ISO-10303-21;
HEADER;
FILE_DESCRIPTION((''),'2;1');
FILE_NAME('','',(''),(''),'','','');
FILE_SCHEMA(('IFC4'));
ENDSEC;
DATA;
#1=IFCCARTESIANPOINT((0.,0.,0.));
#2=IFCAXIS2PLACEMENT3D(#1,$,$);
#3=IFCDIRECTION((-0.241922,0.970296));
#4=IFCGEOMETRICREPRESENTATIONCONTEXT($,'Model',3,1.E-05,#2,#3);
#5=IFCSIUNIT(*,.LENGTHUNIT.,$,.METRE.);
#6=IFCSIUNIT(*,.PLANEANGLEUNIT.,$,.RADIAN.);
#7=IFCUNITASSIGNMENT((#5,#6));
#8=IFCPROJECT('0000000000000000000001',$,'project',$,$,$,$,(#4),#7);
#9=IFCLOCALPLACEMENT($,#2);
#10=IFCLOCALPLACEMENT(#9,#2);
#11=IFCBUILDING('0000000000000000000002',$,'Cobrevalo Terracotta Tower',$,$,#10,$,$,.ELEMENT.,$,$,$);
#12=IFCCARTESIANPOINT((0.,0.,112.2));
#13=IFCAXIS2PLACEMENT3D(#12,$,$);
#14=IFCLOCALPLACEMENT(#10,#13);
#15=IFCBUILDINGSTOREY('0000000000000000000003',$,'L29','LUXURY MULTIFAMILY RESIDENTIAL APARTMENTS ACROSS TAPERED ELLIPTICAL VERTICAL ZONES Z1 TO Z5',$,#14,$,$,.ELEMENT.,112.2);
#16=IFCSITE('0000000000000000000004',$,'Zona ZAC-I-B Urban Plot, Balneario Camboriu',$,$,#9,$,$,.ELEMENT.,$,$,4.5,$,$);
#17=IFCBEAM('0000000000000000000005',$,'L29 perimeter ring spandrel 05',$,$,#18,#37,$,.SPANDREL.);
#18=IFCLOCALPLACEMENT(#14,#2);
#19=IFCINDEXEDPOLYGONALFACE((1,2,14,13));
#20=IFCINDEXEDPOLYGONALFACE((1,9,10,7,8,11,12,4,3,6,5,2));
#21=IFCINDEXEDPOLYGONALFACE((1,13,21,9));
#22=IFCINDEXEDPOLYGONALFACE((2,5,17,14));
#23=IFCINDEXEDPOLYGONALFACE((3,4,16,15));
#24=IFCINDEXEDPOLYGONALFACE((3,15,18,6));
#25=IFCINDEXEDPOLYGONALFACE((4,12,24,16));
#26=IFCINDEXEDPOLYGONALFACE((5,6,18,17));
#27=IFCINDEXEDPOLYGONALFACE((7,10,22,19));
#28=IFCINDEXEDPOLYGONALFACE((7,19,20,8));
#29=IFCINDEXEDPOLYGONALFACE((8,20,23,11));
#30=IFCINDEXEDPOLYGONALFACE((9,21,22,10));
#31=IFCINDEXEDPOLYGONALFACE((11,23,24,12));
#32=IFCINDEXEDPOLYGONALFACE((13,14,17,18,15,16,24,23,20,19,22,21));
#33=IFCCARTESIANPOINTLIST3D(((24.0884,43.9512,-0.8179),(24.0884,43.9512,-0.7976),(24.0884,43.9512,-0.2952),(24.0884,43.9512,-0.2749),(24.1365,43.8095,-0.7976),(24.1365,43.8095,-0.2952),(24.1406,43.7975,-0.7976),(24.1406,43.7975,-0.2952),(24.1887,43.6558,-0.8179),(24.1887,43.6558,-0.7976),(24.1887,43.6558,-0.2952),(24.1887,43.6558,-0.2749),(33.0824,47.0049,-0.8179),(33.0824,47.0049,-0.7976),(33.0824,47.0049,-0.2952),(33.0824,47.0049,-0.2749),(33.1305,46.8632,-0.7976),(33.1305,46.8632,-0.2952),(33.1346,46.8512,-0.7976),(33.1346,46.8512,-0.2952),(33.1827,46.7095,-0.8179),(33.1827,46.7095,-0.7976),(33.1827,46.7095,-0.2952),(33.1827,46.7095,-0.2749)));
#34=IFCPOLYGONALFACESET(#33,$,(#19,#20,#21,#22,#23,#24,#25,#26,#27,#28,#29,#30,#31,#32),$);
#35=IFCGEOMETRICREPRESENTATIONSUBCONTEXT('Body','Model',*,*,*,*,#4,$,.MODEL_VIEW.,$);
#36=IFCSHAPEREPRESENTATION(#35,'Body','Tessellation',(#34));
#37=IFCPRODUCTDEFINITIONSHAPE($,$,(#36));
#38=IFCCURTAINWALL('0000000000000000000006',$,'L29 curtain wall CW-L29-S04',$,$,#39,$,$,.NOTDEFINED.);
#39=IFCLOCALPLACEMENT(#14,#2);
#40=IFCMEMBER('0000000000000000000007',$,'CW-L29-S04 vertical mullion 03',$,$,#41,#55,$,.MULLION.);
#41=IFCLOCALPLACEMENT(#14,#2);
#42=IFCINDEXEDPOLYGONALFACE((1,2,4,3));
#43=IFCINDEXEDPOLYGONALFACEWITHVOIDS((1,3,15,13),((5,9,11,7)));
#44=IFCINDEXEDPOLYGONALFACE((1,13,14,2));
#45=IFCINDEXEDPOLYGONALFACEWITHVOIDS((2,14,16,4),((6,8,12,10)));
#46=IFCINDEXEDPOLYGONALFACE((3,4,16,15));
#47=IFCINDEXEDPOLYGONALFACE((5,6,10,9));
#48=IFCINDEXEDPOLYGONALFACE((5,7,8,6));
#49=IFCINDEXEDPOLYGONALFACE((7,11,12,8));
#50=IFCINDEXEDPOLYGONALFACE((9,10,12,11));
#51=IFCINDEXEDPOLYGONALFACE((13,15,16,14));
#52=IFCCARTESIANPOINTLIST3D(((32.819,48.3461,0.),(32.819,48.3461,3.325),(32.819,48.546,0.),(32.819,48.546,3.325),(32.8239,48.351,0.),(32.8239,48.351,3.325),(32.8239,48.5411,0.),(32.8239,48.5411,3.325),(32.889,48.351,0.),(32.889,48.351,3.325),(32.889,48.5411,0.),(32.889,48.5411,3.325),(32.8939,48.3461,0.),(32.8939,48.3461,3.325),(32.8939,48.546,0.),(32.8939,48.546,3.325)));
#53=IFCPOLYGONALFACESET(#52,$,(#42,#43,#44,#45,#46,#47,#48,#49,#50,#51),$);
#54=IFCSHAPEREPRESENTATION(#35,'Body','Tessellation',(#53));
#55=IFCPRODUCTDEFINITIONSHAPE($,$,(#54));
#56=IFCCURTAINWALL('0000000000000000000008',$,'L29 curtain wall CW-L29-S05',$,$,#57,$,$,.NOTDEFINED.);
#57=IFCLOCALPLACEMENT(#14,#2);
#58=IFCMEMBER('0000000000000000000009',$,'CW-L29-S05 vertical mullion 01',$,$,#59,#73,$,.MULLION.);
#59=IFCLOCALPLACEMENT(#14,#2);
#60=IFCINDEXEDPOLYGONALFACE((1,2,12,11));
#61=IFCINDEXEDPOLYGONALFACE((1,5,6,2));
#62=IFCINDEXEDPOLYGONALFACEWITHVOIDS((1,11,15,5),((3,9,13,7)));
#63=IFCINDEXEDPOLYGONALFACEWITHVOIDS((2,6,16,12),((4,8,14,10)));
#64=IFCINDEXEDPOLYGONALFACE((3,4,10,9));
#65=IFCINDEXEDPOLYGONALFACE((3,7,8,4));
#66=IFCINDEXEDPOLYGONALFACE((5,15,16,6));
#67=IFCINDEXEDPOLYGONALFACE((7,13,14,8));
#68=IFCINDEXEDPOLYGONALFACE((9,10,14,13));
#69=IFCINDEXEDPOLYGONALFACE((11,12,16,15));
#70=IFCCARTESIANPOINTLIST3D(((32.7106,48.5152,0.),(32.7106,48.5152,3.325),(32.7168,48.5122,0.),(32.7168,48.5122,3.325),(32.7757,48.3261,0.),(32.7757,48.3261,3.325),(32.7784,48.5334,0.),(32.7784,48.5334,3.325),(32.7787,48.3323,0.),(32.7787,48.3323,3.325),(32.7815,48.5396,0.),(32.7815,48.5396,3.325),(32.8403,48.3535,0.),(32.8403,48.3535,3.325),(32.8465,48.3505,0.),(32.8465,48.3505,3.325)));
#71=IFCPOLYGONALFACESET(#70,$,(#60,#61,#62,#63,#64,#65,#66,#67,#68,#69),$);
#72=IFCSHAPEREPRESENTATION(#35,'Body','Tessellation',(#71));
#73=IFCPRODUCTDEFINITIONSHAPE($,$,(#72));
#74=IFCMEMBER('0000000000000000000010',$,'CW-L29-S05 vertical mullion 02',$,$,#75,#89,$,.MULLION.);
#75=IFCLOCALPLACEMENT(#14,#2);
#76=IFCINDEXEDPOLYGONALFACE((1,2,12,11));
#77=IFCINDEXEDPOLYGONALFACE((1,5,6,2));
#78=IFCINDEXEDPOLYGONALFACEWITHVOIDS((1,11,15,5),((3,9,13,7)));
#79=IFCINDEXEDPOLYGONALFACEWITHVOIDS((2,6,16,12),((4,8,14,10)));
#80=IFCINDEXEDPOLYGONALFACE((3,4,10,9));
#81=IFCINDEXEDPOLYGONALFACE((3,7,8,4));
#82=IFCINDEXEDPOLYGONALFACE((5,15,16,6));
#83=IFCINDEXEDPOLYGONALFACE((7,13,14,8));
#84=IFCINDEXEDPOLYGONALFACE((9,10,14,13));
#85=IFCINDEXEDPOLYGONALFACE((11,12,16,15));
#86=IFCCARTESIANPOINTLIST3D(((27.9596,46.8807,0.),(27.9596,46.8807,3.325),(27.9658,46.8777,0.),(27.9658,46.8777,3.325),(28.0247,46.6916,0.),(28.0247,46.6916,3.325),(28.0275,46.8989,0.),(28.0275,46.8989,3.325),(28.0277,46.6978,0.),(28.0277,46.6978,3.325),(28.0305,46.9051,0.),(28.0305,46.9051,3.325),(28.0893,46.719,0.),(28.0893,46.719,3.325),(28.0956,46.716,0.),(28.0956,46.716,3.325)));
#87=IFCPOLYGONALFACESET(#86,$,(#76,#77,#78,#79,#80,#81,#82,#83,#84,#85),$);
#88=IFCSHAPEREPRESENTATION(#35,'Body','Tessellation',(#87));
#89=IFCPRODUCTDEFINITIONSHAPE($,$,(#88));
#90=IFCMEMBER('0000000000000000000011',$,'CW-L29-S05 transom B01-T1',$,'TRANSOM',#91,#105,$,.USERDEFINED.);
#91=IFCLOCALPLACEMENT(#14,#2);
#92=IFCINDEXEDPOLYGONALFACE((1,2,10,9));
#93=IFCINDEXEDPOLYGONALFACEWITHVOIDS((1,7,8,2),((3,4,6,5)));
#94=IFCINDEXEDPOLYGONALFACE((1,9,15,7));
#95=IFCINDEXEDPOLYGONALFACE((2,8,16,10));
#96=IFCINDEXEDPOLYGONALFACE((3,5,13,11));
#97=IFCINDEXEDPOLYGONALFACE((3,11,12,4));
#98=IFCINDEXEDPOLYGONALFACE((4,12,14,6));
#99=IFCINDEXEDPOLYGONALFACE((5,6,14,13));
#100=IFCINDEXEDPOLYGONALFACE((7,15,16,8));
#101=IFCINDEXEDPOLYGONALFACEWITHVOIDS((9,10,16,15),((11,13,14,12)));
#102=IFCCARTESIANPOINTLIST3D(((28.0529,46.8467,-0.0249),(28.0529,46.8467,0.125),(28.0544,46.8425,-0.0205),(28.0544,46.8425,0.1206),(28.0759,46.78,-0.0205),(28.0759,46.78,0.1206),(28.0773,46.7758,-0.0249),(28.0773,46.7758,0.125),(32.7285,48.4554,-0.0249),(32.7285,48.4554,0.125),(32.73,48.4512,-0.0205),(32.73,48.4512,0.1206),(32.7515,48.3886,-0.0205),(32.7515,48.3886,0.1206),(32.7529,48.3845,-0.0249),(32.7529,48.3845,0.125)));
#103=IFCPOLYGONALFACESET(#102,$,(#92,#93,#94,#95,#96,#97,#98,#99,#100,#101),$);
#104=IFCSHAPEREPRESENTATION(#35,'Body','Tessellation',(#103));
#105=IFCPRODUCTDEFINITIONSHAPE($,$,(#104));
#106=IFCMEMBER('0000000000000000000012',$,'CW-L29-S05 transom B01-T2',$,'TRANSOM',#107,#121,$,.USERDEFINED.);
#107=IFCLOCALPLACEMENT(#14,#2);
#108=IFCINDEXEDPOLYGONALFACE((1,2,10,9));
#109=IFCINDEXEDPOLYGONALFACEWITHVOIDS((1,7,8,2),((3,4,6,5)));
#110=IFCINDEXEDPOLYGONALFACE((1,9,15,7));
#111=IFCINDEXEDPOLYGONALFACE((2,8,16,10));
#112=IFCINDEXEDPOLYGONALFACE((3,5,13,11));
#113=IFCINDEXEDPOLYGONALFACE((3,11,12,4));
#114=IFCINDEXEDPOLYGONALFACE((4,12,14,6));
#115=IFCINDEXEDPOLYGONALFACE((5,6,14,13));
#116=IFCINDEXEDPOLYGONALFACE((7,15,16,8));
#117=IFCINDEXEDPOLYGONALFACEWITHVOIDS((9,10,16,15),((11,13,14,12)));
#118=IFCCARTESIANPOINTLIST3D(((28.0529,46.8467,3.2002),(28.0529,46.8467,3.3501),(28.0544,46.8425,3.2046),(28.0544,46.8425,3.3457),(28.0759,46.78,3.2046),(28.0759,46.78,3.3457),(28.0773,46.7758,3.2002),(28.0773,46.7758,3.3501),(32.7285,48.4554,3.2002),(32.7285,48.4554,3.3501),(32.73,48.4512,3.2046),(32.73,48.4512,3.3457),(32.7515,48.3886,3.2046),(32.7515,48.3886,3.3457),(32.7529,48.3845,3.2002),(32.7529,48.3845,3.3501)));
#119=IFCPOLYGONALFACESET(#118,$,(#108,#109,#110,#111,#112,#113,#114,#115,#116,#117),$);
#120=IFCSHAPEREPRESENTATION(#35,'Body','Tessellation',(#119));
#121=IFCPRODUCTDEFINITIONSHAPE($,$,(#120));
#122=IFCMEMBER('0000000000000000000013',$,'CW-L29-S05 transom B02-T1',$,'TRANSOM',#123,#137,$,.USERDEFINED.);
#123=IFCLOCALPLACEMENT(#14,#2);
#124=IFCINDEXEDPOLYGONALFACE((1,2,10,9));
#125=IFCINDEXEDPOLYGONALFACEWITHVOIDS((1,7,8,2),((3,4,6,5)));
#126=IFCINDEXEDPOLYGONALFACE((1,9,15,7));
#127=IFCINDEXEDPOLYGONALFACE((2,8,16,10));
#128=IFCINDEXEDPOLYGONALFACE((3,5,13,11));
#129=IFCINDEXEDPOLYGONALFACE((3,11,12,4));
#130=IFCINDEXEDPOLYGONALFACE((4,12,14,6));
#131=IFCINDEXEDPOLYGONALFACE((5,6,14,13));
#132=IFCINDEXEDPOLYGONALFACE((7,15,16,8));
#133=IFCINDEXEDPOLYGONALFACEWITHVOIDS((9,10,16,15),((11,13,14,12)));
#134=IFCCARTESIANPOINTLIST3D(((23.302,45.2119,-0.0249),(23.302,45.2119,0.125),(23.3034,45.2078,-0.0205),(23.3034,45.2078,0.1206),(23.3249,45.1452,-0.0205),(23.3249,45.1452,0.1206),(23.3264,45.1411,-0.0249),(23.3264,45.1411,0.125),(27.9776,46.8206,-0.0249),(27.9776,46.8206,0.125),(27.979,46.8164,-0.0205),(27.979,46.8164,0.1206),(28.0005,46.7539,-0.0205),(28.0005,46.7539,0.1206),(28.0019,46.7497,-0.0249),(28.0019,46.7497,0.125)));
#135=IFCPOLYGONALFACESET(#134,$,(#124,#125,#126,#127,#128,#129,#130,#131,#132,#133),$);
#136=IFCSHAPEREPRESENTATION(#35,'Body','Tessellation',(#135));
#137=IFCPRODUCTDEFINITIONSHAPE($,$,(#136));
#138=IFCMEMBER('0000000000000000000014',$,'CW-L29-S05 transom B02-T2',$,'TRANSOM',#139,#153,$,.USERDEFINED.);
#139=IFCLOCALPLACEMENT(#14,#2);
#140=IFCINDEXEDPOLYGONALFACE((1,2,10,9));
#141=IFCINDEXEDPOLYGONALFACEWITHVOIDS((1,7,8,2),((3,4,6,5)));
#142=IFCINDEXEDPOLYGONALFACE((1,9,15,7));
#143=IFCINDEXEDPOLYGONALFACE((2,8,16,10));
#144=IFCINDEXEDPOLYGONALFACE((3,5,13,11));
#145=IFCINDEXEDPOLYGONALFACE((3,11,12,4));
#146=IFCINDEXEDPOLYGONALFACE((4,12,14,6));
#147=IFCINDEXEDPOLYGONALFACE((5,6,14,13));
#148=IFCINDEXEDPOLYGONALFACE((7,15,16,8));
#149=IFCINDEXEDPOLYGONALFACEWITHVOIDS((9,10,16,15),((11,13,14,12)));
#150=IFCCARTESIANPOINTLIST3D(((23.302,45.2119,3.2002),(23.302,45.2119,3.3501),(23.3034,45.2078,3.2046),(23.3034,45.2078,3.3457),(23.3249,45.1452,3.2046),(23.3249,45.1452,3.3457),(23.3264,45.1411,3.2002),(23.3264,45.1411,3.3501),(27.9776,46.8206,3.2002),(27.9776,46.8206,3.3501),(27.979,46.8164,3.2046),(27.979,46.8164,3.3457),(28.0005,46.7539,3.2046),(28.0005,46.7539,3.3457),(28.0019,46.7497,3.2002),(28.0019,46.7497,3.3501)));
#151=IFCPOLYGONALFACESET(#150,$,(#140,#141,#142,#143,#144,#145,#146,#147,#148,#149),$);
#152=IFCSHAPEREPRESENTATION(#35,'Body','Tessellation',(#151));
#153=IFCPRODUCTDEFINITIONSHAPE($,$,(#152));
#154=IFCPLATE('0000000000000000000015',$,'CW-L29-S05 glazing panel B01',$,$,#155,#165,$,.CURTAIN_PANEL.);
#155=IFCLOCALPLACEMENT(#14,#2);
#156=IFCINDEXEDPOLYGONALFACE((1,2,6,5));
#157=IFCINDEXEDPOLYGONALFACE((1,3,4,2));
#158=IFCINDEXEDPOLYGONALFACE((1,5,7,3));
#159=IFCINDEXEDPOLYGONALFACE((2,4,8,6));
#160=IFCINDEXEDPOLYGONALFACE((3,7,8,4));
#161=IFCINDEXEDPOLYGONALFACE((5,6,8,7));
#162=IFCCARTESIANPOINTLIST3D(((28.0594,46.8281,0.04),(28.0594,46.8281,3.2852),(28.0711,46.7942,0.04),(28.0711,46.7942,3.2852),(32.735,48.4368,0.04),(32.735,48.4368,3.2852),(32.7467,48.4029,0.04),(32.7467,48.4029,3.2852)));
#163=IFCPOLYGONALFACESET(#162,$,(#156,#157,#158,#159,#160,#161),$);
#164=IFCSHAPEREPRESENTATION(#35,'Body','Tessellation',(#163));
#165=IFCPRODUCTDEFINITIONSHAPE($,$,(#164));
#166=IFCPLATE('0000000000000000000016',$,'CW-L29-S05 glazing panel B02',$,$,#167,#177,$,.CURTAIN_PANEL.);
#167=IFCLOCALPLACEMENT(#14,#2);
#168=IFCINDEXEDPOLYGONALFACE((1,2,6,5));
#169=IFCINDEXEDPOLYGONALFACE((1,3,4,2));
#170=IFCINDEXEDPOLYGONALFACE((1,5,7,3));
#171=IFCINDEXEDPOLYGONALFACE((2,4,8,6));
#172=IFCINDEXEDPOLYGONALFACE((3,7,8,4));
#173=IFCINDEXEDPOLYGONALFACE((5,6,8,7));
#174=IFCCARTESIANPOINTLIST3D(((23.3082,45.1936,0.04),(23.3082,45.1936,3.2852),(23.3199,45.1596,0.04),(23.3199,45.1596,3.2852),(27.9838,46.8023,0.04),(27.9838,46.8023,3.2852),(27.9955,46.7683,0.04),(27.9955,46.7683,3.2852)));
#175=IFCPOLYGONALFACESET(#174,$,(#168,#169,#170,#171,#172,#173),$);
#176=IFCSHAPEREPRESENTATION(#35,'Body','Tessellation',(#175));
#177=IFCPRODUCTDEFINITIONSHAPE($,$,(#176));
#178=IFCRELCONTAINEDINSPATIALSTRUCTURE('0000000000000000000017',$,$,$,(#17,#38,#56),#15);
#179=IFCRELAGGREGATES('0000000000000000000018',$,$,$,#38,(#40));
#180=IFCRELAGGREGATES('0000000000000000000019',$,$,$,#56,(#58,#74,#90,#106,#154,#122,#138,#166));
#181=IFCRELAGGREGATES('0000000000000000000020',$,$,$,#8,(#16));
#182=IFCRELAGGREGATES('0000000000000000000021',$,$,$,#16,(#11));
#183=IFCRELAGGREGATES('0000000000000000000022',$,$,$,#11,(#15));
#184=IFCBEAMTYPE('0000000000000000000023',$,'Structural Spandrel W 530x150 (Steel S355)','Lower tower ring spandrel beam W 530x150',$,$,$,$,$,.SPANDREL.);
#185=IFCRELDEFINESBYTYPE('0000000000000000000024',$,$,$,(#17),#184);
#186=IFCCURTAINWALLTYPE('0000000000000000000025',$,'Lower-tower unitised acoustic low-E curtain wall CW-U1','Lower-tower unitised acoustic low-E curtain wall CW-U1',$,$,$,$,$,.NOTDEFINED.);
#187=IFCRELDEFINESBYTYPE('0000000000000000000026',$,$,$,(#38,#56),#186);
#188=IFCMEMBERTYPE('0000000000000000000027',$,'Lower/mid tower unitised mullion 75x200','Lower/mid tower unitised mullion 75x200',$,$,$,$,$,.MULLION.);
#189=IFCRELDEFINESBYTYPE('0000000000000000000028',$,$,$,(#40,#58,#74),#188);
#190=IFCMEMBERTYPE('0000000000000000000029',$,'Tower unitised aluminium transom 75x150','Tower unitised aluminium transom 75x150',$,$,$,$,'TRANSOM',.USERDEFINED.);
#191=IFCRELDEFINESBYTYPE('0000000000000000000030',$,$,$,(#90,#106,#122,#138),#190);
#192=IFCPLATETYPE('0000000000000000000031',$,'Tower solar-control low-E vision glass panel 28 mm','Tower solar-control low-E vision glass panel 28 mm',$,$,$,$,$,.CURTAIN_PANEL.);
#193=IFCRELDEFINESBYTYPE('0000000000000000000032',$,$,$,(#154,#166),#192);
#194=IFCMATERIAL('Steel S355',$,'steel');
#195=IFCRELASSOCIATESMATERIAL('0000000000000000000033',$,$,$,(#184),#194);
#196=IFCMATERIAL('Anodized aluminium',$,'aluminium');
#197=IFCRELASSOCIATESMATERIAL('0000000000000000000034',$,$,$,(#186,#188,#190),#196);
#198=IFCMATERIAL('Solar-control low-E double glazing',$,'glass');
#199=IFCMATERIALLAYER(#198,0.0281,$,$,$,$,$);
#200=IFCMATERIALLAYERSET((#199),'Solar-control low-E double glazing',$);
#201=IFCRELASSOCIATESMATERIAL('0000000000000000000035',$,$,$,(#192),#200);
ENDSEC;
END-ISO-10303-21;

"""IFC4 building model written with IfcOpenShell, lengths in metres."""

from ifc_helpers import new_model, si_unit, direction, frame, origin, origin_2d, place, context, subcontext, project, spatial, rectangle, hollow_rectangle, i_section, extrude, source, transform, mapped, material, layer, layer_set, material_profile, profile_set, type_object, element, aggregate, save


model = new_model("IFC4")

# Units and contexts
model_context = context("Model", 3, precision=1e-05, world=origin(), true_north=direction((-0.241922, 0.970296)))
body_context = subcontext(model_context, "Body", "Model", "MODEL_VIEW")
ifc_project = project(units=[si_unit("LENGTHUNIT", "METRE"), si_unit("PLANEANGLEUNIT", "RADIAN")], contexts=[model_context])

# Site, building, storey
site_placement = place(None, origin())
site = spatial("IfcSite", under=ifc_project, at=site_placement, Name="Zona ZAC-I-B Urban Plot, Balneario Camboriu", CompositionType="ELEMENT", RefElevation=4.5)
building_placement = place(site_placement, origin())
building = spatial("IfcBuilding", under=site, at=building_placement, Name="Cobrevalo Terracotta Tower", CompositionType="ELEMENT")
storey_placement = place(building_placement, frame((0.0, 0.0, 112.2)))
storey = spatial("IfcBuildingStorey", under=building, at=storey_placement, Name="L29", Description="LUXURY MULTIFAMILY RESIDENTIAL APARTMENTS ACROSS TAPERED ELLIPTICAL VERTICAL ZONES Z1 TO Z5", CompositionType="ELEMENT", Elevation=112.2)

# Shared definitions
ifc_material_1 = material(Name="Steel S355", Category="steel")

# Beam
ifc_material_profile_1 = material_profile(ifc_material_1, i_section(OverallWidth=0.312, OverallDepth=0.543, WebThickness=0.0127, FlangeThickness=0.0203, at=origin_2d()), Name="W 530x150")
ifc_profile_set_1 = profile_set([ifc_material_profile_1], Name="Steel S355")
beam_type_1 = type_object("IfcBeamType", Name="Structural Spandrel W 530x150 (Steel S355)", Description="Lower tower ring spandrel beam W 530x150", PredefinedType="SPANDREL", material=ifc_profile_set_1)
beam_1_placement = place(storey_placement, frame((33.1326, 46.8572, -0.5464), z_axis=(-0.946911, -0.321497, 0.0), x_axis=(0.321497, -0.946911, 0.0)))
element("IfcBeam", 1, at=beam_1_placement, inside=storey, type_object=beam_type_1, Name="L29 perimeter ring spandrel 05", PredefinedType="SPANDREL", context=body_context, shape_type="SweptSolid", body=[
    extrude(i_section(OverallWidth=0.312, OverallDepth=0.543, WebThickness=0.0127, FlangeThickness=0.0203, at=origin_2d()), origin(), (0.0, 0.0, 1.0), 9.4983),
])

# Curtain wall, member
ifc_material_2 = material(Name="Anodized aluminium", Category="aluminium")
curtain_wall_type = type_object("IfcCurtainWallType", Name="Lower-tower unitised acoustic low-E curtain wall CW-U1", Description="Lower-tower unitised acoustic low-E curtain wall CW-U1", PredefinedType="NOTDEFINED", material=ifc_material_2)
curtain_wall_1_placement = place(storey_placement, origin())
curtain_wall_1 = element("IfcCurtainWall", 2, at=curtain_wall_1_placement, inside=storey, type_object=curtain_wall_type, Name="L29 curtain wall CW-L29-S04", PredefinedType="NOTDEFINED")
ifc_material_profile_2 = material_profile(ifc_material_2, hollow_rectangle(XDim=0.075, YDim=0.2, WallThickness=0.0049, at=origin_2d()), Name="CWM 75x200")
ifc_profile_set_2 = profile_set([ifc_material_profile_2], Name="Anodized aluminium")
member_type_1 = type_object("IfcMemberType", Name="Lower/mid tower unitised mullion 75x200", Description="Lower/mid tower unitised mullion 75x200", PredefinedType="MULLION", material=ifc_profile_set_2)
shared_shape_1 = source(origin(), body_context, "Body", "SweptSolid", [
    extrude(hollow_rectangle(XDim=0.075, YDim=0.2, WallThickness=0.0049, at=origin_2d()), origin(), (0.0, 0.0, 1.0), 3.325),
])
member_1_placement = place(storey_placement, frame((32.8564, 48.446, 0.0), z_axis=(0.0, 0.0, 1.0), x_axis=(-1.0, 0.0, 0.0)))
member_1 = element("IfcMember", 3, at=member_1_placement, type_object=member_type_1, Name="CW-L29-S04 vertical mullion 03", PredefinedType="MULLION", context=body_context, shape_type="MappedRepresentation", body=[
    mapped(shared_shape_1, transform((0.0, 0.0, 0.0), scale=1.0)),
])
aggregate(curtain_wall_1, [member_1])

# Curtain wall, members, plates
curtain_wall_2_placement = place(storey_placement, origin())
curtain_wall_2 = element("IfcCurtainWall", 4, at=curtain_wall_2_placement, inside=storey, type_object=curtain_wall_type, Name="L29 curtain wall CW-L29-S05", PredefinedType="NOTDEFINED")
member_2_placement = place(storey_placement, frame((32.7786, 48.4329, 0.0), z_axis=(0.0, 0.0, 1.0), x_axis=(-0.945598, -0.325337, 0.0)))
member_2 = element("IfcMember", 5, at=member_2_placement, type_object=member_type_1, Name="CW-L29-S05 vertical mullion 01", PredefinedType="MULLION", context=body_context, shape_type="MappedRepresentation", body=[
    mapped(shared_shape_1, transform((0.0, 0.0, 0.0), scale=1.0)),
])
member_3_placement = place(storey_placement, frame((28.0276, 46.7983, 0.0), z_axis=(0.0, 0.0, 1.0), x_axis=(-0.945598, -0.325337, 0.0)))
member_3 = element("IfcMember", 6, at=member_3_placement, type_object=member_type_1, Name="CW-L29-S05 vertical mullion 02", PredefinedType="MULLION", context=body_context, shape_type="MappedRepresentation", body=[
    mapped(shared_shape_1, transform((0.0, 0.0, 0.0), scale=1.0)),
])
ifc_material_profile_3 = material_profile(ifc_material_2, hollow_rectangle(XDim=0.075, YDim=0.1499, WallThickness=0.0044, at=origin_2d()), Name="CWT 75x150")
ifc_profile_set_3 = profile_set([ifc_material_profile_3], Name="Anodized aluminium")
member_type_2 = type_object("IfcMemberType", Name="Tower unitised aluminium transom 75x150", Description="Tower unitised aluminium transom 75x150", ElementType="TRANSOM", PredefinedType="USERDEFINED", material=ifc_profile_set_3)
shared_shape_2 = source(origin(), body_context, "Body", "SweptSolid", [
    extrude(hollow_rectangle(XDim=0.075, YDim=0.1499, WallThickness=0.0044, at=origin_2d()), origin(), (0.0, 0.0, 1.0), 4.9446),
])
member_4_placement = place(storey_placement, frame((32.7407, 48.4199, 0.05), z_axis=(-0.945598, -0.325338, 0.0), x_axis=(0.325338, -0.945598, 0.0)))
member_4 = element("IfcMember", 7, at=member_4_placement, type_object=member_type_2, Name="CW-L29-S05 transom B01-T1", ObjectType="TRANSOM", PredefinedType="USERDEFINED", context=body_context, shape_type="MappedRepresentation", body=[
    mapped(shared_shape_2, transform((0.0, 0.0, 0.0), scale=1.0)),
])
member_5_placement = place(storey_placement, frame((32.7407, 48.4199, 3.2751), z_axis=(-0.945598, -0.325338, 0.0), x_axis=(0.325338, -0.945598, 0.0)))
member_5 = element("IfcMember", 8, at=member_5_placement, type_object=member_type_2, Name="CW-L29-S05 transom B01-T2", ObjectType="TRANSOM", PredefinedType="USERDEFINED", context=body_context, shape_type="MappedRepresentation", body=[
    mapped(shared_shape_2, transform((0.0, 0.0, 0.0), scale=1.0)),
])
member_6_placement = place(storey_placement, frame((27.9897, 46.7852, 0.05), z_axis=(-0.945598, -0.325338, 0.0), x_axis=(0.325338, -0.945598, 0.0)))
member_6 = element("IfcMember", 9, at=member_6_placement, type_object=member_type_2, Name="CW-L29-S05 transom B02-T1", ObjectType="TRANSOM", PredefinedType="USERDEFINED", context=body_context, shape_type="MappedRepresentation", body=[
    mapped(shared_shape_2, transform((0.0, 0.0, 0.0), scale=1.0)),
])
member_7_placement = place(storey_placement, frame((27.9897, 46.7852, 3.2751), z_axis=(-0.945598, -0.325338, 0.0), x_axis=(0.325338, -0.945598, 0.0)))
member_7 = element("IfcMember", 10, at=member_7_placement, type_object=member_type_2, Name="CW-L29-S05 transom B02-T2", ObjectType="TRANSOM", PredefinedType="USERDEFINED", context=body_context, shape_type="MappedRepresentation", body=[
    mapped(shared_shape_2, transform((0.0, 0.0, 0.0), scale=1.0)),
])
ifc_material_3 = material(Name="Solar-control low-E double glazing", Category="glass")
ifc_layer_1 = layer(ifc_material_3, 0.0281)
ifc_layer_set_1 = layer_set([ifc_layer_1], Name="Solar-control low-E double glazing")
plate_type = type_object("IfcPlateType", Name="Tower solar-control low-E vision glass panel 28 mm", Description="Tower solar-control low-E vision glass panel 28 mm", PredefinedType="CURTAIN_PANEL", material=ifc_layer_set_1)
shared_shape_3 = source(origin(), body_context, "Body", "SweptSolid", [
    extrude(rectangle(XDim=4.9446, YDim=0.0359, at=origin_2d()), origin(), (0.0, 0.0, 1.0), 3.2451),
])
plate_1_placement = place(storey_placement, frame((30.4031, 47.6155, 0.04), z_axis=(0.0, 0.0, 1.0), x_axis=(-0.945596, -0.325342, 0.0)))
plate_1 = element("IfcPlate", 11, at=plate_1_placement, type_object=plate_type, Name="CW-L29-S05 glazing panel B01", PredefinedType="CURTAIN_PANEL", context=body_context, shape_type="MappedRepresentation", body=[
    mapped(shared_shape_3, transform((0.0, 0.0, 0.0), scale=1.0)),
])
plate_2_placement = place(storey_placement, frame((25.6519, 45.981, 0.04), z_axis=(0.0, 0.0, 1.0), x_axis=(-0.945596, -0.325342, 0.0)))
plate_2 = element("IfcPlate", 12, at=plate_2_placement, type_object=plate_type, Name="CW-L29-S05 glazing panel B02", PredefinedType="CURTAIN_PANEL", context=body_context, shape_type="MappedRepresentation", body=[
    mapped(shared_shape_3, transform((0.0, 0.0, 0.0), scale=1.0)),
])
aggregate(curtain_wall_2, [member_2, member_3, member_4, member_5, plate_1, member_6, member_7, plate_2])

save(model, "model.ifc")
